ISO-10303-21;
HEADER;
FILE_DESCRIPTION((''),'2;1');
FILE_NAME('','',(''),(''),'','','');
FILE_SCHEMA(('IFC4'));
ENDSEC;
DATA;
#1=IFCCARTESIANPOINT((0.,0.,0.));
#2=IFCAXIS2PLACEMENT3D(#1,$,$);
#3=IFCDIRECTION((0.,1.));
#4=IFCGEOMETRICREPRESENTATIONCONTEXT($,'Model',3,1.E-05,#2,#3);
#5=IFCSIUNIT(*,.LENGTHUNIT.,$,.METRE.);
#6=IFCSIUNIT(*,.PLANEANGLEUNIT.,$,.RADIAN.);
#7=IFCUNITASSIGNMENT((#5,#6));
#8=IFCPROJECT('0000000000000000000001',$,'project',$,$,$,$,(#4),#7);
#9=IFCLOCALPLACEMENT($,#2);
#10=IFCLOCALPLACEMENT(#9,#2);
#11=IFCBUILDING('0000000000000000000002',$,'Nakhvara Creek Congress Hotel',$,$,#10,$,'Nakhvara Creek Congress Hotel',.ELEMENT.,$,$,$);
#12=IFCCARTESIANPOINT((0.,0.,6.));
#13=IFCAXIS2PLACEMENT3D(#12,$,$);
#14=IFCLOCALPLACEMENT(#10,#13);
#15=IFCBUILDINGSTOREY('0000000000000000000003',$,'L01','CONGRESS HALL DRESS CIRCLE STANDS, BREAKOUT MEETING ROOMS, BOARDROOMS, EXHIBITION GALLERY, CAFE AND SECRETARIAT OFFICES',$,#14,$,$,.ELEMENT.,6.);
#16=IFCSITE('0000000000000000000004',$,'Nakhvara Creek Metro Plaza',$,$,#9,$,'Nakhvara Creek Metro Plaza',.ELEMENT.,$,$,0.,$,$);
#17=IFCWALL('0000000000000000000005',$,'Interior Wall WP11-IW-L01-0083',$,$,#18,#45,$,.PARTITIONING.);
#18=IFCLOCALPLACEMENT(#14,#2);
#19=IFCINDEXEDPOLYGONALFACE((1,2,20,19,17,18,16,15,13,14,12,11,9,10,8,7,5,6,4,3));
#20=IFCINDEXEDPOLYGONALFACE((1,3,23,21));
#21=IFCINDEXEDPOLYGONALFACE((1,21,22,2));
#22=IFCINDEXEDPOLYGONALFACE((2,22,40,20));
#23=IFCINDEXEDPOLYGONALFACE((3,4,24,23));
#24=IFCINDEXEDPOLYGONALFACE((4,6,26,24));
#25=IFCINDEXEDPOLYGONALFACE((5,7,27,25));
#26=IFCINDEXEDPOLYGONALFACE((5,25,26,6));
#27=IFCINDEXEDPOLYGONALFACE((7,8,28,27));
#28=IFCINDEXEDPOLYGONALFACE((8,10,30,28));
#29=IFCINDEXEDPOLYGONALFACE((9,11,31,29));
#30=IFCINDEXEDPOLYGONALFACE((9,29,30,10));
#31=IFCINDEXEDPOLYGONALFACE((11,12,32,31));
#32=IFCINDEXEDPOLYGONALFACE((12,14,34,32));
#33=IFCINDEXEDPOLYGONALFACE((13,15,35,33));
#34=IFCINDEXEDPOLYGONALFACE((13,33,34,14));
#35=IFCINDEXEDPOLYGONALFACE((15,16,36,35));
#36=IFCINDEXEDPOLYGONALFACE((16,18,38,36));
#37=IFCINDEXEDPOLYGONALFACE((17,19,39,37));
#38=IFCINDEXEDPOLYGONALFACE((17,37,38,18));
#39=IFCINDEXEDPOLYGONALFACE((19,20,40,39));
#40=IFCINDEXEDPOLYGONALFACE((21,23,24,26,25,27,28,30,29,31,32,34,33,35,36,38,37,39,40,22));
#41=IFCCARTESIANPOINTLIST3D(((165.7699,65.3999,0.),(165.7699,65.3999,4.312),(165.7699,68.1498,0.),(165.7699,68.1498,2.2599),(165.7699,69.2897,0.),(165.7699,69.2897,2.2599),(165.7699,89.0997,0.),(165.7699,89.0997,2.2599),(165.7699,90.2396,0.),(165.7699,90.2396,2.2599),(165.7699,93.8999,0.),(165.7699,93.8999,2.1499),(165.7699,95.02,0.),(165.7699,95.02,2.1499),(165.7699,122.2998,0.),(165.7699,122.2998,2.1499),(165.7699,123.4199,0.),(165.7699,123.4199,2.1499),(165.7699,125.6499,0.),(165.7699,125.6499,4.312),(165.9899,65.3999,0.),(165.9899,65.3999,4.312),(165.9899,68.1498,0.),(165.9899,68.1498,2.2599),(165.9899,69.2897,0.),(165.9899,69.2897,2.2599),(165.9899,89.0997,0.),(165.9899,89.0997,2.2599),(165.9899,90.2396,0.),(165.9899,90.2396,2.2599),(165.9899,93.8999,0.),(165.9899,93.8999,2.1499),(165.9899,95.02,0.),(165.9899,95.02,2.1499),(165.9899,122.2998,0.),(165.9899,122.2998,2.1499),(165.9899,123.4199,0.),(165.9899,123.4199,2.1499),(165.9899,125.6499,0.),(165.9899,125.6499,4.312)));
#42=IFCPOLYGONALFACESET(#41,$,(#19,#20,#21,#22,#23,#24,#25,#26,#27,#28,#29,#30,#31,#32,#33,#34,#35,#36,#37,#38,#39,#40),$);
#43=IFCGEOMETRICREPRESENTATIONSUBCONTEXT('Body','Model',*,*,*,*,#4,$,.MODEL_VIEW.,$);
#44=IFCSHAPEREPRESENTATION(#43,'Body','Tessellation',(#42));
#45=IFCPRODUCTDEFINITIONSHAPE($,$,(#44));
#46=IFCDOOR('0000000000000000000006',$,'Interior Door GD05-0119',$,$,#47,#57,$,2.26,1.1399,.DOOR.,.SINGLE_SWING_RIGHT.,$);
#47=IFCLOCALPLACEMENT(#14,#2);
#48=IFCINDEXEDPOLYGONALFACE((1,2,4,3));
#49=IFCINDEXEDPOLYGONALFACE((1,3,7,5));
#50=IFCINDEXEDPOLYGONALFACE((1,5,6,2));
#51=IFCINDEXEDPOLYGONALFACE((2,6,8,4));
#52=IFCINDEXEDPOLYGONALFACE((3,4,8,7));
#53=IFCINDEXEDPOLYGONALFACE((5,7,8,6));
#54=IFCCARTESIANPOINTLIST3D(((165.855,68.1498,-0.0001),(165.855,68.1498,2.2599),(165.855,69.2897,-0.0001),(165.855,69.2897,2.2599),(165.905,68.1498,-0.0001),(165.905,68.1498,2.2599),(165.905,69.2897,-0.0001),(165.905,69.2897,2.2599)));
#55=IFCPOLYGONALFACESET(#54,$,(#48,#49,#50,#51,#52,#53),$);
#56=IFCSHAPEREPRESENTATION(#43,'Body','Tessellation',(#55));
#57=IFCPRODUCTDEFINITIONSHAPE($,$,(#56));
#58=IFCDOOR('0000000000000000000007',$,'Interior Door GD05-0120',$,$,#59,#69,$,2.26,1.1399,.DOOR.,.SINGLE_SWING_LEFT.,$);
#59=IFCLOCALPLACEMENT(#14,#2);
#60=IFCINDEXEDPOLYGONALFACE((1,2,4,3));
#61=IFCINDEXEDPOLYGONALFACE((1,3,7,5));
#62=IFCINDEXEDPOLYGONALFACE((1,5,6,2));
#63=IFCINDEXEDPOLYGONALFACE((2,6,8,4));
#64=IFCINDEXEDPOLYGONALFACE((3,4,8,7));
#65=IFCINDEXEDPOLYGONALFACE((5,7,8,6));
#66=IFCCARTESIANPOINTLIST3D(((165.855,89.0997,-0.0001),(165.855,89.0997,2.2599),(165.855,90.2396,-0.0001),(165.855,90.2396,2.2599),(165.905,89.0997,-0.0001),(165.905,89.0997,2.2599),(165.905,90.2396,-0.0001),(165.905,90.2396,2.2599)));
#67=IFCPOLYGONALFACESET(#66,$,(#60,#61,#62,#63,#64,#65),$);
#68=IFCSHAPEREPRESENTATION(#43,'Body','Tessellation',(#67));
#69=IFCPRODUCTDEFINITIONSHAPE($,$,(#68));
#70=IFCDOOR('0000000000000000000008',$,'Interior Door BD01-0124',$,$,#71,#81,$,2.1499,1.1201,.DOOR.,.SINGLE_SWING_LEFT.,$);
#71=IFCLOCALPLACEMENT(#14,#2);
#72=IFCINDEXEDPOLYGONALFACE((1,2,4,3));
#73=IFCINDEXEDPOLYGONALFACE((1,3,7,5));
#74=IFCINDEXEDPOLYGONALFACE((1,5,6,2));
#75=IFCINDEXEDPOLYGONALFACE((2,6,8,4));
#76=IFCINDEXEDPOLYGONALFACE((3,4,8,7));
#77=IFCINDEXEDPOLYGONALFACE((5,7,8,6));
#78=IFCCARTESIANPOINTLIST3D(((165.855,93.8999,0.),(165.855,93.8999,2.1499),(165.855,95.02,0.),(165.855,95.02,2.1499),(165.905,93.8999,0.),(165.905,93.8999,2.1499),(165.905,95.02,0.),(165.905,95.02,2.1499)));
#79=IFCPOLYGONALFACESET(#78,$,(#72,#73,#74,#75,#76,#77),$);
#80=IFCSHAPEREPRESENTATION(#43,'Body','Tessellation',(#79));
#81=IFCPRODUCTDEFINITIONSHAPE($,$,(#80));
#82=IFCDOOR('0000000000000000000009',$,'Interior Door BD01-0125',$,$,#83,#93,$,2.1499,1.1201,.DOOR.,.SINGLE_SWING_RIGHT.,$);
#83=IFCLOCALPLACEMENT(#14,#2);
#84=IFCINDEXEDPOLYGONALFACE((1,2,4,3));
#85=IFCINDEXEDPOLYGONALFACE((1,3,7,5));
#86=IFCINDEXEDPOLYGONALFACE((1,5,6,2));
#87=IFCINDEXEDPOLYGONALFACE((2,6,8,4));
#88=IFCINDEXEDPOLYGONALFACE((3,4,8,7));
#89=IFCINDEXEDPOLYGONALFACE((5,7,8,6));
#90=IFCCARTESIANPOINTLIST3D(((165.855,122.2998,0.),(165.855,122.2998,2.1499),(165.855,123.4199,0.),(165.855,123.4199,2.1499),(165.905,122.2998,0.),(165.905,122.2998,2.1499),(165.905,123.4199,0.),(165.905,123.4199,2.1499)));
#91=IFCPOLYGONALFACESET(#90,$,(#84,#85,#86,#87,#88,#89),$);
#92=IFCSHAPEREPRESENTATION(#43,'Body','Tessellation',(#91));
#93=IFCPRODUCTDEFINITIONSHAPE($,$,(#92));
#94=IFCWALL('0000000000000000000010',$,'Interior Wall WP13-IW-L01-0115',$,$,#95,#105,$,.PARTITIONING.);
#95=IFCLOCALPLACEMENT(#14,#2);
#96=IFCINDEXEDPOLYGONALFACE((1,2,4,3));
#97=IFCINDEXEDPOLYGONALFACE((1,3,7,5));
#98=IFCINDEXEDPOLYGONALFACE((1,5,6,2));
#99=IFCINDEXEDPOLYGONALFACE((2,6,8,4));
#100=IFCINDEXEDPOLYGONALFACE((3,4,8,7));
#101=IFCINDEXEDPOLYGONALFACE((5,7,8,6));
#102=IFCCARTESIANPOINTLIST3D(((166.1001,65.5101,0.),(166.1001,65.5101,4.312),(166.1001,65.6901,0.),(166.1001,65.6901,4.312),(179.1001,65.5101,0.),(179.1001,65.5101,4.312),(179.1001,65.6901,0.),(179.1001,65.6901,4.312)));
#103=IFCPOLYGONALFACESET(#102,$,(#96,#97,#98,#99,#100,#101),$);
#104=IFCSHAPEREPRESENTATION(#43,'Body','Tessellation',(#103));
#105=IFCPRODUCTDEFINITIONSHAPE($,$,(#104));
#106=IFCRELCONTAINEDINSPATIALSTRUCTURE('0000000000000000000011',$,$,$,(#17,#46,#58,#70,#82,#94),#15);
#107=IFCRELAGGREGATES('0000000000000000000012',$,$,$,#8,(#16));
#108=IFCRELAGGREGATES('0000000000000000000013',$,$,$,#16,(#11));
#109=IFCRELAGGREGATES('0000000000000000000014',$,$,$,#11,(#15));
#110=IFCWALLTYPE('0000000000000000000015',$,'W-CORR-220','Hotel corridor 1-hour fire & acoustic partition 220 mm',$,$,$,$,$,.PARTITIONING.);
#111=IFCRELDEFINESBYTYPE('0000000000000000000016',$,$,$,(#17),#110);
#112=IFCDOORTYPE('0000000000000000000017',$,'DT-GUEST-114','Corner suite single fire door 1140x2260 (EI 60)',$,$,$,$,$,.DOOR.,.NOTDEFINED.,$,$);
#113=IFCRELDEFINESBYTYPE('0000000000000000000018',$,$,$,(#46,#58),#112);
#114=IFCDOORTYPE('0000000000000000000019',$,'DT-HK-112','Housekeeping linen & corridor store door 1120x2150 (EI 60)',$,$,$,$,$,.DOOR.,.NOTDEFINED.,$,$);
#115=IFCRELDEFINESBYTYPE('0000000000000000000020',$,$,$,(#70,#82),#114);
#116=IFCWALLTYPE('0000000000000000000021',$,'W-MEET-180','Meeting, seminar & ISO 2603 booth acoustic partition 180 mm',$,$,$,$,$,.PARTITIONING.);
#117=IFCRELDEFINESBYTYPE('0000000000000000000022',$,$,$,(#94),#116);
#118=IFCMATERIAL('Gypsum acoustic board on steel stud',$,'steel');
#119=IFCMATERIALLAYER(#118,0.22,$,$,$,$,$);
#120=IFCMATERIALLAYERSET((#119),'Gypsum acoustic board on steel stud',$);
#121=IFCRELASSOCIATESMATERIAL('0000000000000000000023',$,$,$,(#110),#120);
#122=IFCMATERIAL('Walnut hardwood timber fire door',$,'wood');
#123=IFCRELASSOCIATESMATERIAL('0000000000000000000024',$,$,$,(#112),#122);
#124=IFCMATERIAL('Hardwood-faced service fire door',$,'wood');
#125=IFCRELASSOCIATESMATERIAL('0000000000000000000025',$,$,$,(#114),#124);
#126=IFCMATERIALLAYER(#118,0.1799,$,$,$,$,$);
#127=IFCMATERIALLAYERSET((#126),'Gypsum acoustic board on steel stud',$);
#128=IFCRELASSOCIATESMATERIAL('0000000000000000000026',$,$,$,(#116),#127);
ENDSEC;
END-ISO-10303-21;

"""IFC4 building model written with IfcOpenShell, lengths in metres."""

from ifc_helpers import new_model, si_unit, direction, frame, frame_2d, origin, place, context, subcontext, project, spatial, rectangle, extrude, material, layer, layer_set, type_object, element, fill, save


model = new_model("IFC4")

# Units and contexts
model_context = context("Model", 3, precision=1e-05, world=origin(), true_north=direction((0.0, 1.0)))
body_context = subcontext(model_context, "Body", "Model", "MODEL_VIEW")
ifc_project = project(units=[si_unit("LENGTHUNIT", "METRE"), si_unit("PLANEANGLEUNIT", "RADIAN")], contexts=[model_context])

# Site, building, storey
site_placement = place(None, origin())
site = spatial("IfcSite", under=ifc_project, at=site_placement, Name="Nakhvara Creek Metro Plaza", LongName="Nakhvara Creek Metro Plaza", CompositionType="ELEMENT", RefElevation=0.0)
building_placement = place(site_placement, origin())
building = spatial("IfcBuilding", under=site, at=building_placement, Name="Nakhvara Creek Congress Hotel", LongName="Nakhvara Creek Congress Hotel", CompositionType="ELEMENT")
storey_placement = place(building_placement, frame((0.0, 0.0, 6.0)))
storey = spatial("IfcBuildingStorey", under=building, at=storey_placement, Name="L01", Description="CONGRESS HALL DRESS CIRCLE STANDS, BREAKOUT MEETING ROOMS, BOARDROOMS, EXHIBITION GALLERY, CAFE AND SECRETARIAT OFFICES", CompositionType="ELEMENT", Elevation=6.0)

# Wall, openings, doors
ifc_material_1 = material(Name="Gypsum acoustic board on steel stud", Category="steel")
ifc_layer_1 = layer(ifc_material_1, 0.22)
ifc_layer_set_1 = layer_set([ifc_layer_1], Name="Gypsum acoustic board on steel stud")
wall_type_1 = type_object("IfcWallType", Name="W-CORR-220", Description="Hotel corridor 1-hour fire & acoustic partition 220 mm", PredefinedType="PARTITIONING", material=ifc_layer_set_1)
wall_1_placement = place(storey_placement, frame((165.8799, 65.3999, 0.0), z_axis=(0.0, 0.0, 1.0), x_axis=(0.0, 1.0, 0.0)))
wall_1 = element("IfcWall", 1, at=wall_1_placement, inside=storey, type_object=wall_type_1, Name="Interior Wall WP11-IW-L01-0083", PredefinedType="PARTITIONING", context=body_context, shape_type="SweptSolid", body=[
    extrude(rectangle(XDim=60.25, YDim=0.22, at=frame_2d((30.125, 0.0))), origin(), (0.0, 0.0, 1.0), 4.312),
])
opening_1_placement = place(wall_1_placement, frame((2.75, 0.0, 0.0)))
opening_1 = element("IfcOpeningElement", 2, at=opening_1_placement, cuts=wall_1, PredefinedType="OPENING", context=body_context, shape_type="SweptSolid", body=[
    extrude(rectangle(XDim=1.1399, YDim=2.26, at=frame_2d((0.5698, 1.1299))), frame((0.0, 0.1221, 0.0), z_axis=(0.0, -1.0, 0.0), x_axis=(1.0, 0.0, 0.0)), (0.0, 0.0, 1.0), 0.2439),
])
opening_2_placement = place(wall_1_placement, frame((23.7, 0.0, 0.0)))
opening_2 = element("IfcOpeningElement", 3, at=opening_2_placement, cuts=wall_1, PredefinedType="OPENING", context=body_context, shape_type="SweptSolid", body=[
    extrude(rectangle(XDim=1.1399, YDim=2.26, at=frame_2d((0.5698, 1.1299))), frame((0.0, 0.1221, 0.0), z_axis=(0.0, -1.0, 0.0), x_axis=(1.0, 0.0, 0.0)), (0.0, 0.0, 1.0), 0.2439),
])
opening_3_placement = place(wall_1_placement, frame((28.5, 0.0, 0.0)))
opening_3 = element("IfcOpeningElement", 4, at=opening_3_placement, cuts=wall_1, PredefinedType="OPENING", context=body_context, shape_type="SweptSolid", body=[
    extrude(rectangle(XDim=1.1201, YDim=2.1499, at=frame_2d((0.5601, 1.075))), frame((0.0, 0.1221, 0.0), z_axis=(0.0, -1.0, 0.0), x_axis=(1.0, 0.0, 0.0)), (0.0, 0.0, 1.0), 0.2439),
])
opening_4_placement = place(wall_1_placement, frame((56.8999, 0.0, 0.0)))
opening_4 = element("IfcOpeningElement", 5, at=opening_4_placement, cuts=wall_1, PredefinedType="OPENING", context=body_context, shape_type="SweptSolid", body=[
    extrude(rectangle(XDim=1.1201, YDim=2.1499, at=frame_2d((0.5601, 1.075))), frame((0.0, 0.1221, 0.0), z_axis=(0.0, -1.0, 0.0), x_axis=(1.0, 0.0, 0.0)), (0.0, 0.0, 1.0), 0.2439),
])
ifc_material_2 = material(Name="Walnut hardwood timber fire door", Category="wood")
door_type_1 = type_object("IfcDoorType", Name="DT-GUEST-114", Description="Corner suite single fire door 1140x2260 (EI 60)", OperationType="NOTDEFINED", PredefinedType="DOOR", material=ifc_material_2)
door_1_placement = place(opening_1_placement, origin())
door_1 = element("IfcDoor", 6, at=door_1_placement, inside=storey, type_object=door_type_1, Name="Interior Door GD05-0119", OperationType="SINGLE_SWING_RIGHT", OverallHeight=2.26, OverallWidth=1.1399, PredefinedType="DOOR", context=body_context, shape_type="SweptSolid", body=[
    extrude(rectangle(XDim=1.1399, YDim=2.26, at=frame_2d((0.5698, 1.1299))), frame((0.0, 0.0249, 0.0), z_axis=(0.0, -1.0, 0.0), x_axis=(1.0, 0.0, 0.0)), (0.0, 0.0, 1.0), 0.05),
])
fill(opening_1, door_1)
door_2_placement = place(opening_2_placement, origin())
door_2 = element("IfcDoor", 7, at=door_2_placement, inside=storey, type_object=door_type_1, Name="Interior Door GD05-0120", OperationType="SINGLE_SWING_LEFT", OverallHeight=2.26, OverallWidth=1.1399, PredefinedType="DOOR", context=body_context, shape_type="SweptSolid", body=[
    extrude(rectangle(XDim=1.1399, YDim=2.26, at=frame_2d((0.5698, 1.1299))), frame((0.0, 0.0249, 0.0), z_axis=(0.0, -1.0, 0.0), x_axis=(1.0, 0.0, 0.0)), (0.0, 0.0, 1.0), 0.05),
])
fill(opening_2, door_2)
ifc_material_3 = material(Name="Hardwood-faced service fire door", Category="wood")
door_type_2 = type_object("IfcDoorType", Name="DT-HK-112", Description="Housekeeping linen & corridor store door 1120x2150 (EI 60)", OperationType="NOTDEFINED", PredefinedType="DOOR", material=ifc_material_3)
door_3_placement = place(opening_3_placement, origin())
door_3 = element("IfcDoor", 8, at=door_3_placement, inside=storey, type_object=door_type_2, Name="Interior Door BD01-0124", OperationType="SINGLE_SWING_LEFT", OverallHeight=2.1499, OverallWidth=1.1201, PredefinedType="DOOR", context=body_context, shape_type="SweptSolid", body=[
    extrude(rectangle(XDim=1.1201, YDim=2.1499, at=frame_2d((0.5601, 1.075))), frame((0.0, 0.0249, 0.0), z_axis=(0.0, -1.0, 0.0), x_axis=(1.0, 0.0, 0.0)), (0.0, 0.0, 1.0), 0.05),
])
fill(opening_3, door_3)
door_4_placement = place(opening_4_placement, origin())
door_4 = element("IfcDoor", 9, at=door_4_placement, inside=storey, type_object=door_type_2, Name="Interior Door BD01-0125", OperationType="SINGLE_SWING_RIGHT", OverallHeight=2.1499, OverallWidth=1.1201, PredefinedType="DOOR", context=body_context, shape_type="SweptSolid", body=[
    extrude(rectangle(XDim=1.1201, YDim=2.1499, at=frame_2d((0.5601, 1.075))), frame((0.0, 0.0249, 0.0), z_axis=(0.0, -1.0, 0.0), x_axis=(1.0, 0.0, 0.0)), (0.0, 0.0, 1.0), 0.05),
])
fill(opening_4, door_4)

# Wall
ifc_layer_2 = layer(ifc_material_1, 0.1799)
ifc_layer_set_2 = layer_set([ifc_layer_2], Name="Gypsum acoustic board on steel stud")
wall_type_2 = type_object("IfcWallType", Name="W-MEET-180", Description="Meeting, seminar & ISO 2603 booth acoustic partition 180 mm", PredefinedType="PARTITIONING", material=ifc_layer_set_2)
wall_2_placement = place(storey_placement, frame((166.1001, 65.6001, 0.0), z_axis=(0.0, 0.0, 1.0), x_axis=(1.0, 0.0, 0.0)))
element("IfcWall", 10, at=wall_2_placement, inside=storey, type_object=wall_type_2, Name="Interior Wall WP13-IW-L01-0115", PredefinedType="PARTITIONING", context=body_context, shape_type="SweptSolid", body=[
    extrude(rectangle(XDim=13.0, YDim=0.1799, at=frame_2d((6.5, 0.0))), origin(), (0.0, 0.0, 1.0), 4.312),
])

save(model, "model.ifc")
